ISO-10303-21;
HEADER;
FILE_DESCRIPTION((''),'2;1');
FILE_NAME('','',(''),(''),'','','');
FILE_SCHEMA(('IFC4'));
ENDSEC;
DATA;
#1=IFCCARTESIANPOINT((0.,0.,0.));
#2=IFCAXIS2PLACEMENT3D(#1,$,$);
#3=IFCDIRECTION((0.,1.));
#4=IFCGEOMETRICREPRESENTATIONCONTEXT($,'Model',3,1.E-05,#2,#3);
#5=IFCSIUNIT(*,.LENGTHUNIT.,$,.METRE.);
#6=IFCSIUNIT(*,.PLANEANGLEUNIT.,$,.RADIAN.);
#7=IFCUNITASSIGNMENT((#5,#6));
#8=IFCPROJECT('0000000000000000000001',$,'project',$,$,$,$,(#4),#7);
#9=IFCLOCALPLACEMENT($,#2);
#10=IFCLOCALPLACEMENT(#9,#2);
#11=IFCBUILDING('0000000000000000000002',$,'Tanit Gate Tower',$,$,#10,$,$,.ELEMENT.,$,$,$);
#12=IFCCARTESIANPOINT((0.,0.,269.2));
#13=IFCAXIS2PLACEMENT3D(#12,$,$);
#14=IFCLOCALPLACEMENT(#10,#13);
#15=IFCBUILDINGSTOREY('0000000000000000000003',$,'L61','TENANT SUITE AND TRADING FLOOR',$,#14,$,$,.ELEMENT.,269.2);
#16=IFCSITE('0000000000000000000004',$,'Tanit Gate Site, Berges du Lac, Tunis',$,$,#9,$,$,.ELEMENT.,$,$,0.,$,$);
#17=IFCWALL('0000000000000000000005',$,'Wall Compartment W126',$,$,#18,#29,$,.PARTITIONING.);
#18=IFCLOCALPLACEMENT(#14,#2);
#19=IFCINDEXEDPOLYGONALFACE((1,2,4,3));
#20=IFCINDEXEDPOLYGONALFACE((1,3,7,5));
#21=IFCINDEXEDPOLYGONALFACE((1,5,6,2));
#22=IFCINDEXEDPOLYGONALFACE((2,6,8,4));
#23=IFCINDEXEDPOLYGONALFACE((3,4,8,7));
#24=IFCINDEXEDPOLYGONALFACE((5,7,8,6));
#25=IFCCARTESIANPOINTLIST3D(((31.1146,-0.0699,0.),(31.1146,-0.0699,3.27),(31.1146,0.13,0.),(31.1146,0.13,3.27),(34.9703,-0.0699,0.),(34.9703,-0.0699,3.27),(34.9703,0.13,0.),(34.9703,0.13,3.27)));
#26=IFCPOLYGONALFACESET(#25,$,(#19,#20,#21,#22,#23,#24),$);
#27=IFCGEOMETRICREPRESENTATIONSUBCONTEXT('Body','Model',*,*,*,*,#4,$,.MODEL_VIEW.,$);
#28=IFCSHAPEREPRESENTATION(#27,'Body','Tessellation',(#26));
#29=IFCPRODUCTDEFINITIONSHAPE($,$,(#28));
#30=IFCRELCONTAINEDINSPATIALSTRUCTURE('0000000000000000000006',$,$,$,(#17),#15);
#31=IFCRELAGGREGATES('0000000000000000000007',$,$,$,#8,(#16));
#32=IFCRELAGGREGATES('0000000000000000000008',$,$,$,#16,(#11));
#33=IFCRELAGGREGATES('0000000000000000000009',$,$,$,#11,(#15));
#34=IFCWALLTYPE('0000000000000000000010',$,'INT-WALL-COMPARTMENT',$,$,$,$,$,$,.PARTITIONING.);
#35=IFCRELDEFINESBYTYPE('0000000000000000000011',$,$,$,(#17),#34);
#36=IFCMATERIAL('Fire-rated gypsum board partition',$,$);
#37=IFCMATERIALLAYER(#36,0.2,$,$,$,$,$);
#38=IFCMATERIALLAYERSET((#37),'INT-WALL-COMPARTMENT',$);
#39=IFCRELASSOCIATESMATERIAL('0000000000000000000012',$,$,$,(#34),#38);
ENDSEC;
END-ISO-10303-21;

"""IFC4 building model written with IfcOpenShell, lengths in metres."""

from ifc_helpers import new_model, si_unit, direction, frame, frame_2d, origin, place, context, subcontext, project, spatial, rectangle, extrude, material, layer, layer_set, type_object, element, save


model = new_model("IFC4")

# Units and contexts
model_context = context("Model", 3, precision=1e-05, world=origin(), true_north=direction((0.0, 1.0)))
body_context = subcontext(model_context, "Body", "Model", "MODEL_VIEW")
ifc_project = project(units=[si_unit("LENGTHUNIT", "METRE"), si_unit("PLANEANGLEUNIT", "RADIAN")], contexts=[model_context])

# Site, building, storey
site_placement = place(None, origin())
site = spatial("IfcSite", under=ifc_project, at=site_placement, Name="Tanit Gate Site, Berges du Lac, Tunis", CompositionType="ELEMENT", RefElevation=0.0)
building_placement = place(site_placement, origin())
building = spatial("IfcBuilding", under=site, at=building_placement, Name="Tanit Gate Tower", CompositionType="ELEMENT")
storey_placement = place(building_placement, frame((0.0, 0.0, 269.2)))
storey = spatial("IfcBuildingStorey", under=building, at=storey_placement, Name="L61", Description="TENANT SUITE AND TRADING FLOOR", CompositionType="ELEMENT", Elevation=269.2)

# Wall
ifc_material_1 = material(Name="Fire-rated gypsum board partition")
ifc_layer_1 = layer(ifc_material_1, 0.2)
ifc_layer_set_1 = layer_set([ifc_layer_1], Name="INT-WALL-COMPARTMENT")
wall_type_1 = type_object("IfcWallType", Name="INT-WALL-COMPARTMENT", PredefinedType="PARTITIONING", material=ifc_layer_set_1)
wall_1_placement = place(storey_placement, frame((34.9702, 0.03, 0.0), z_axis=(0.0, 0.0, 1.0), x_axis=(-1.0, 0.0, 0.0)))
element("IfcWall", 1, at=wall_1_placement, inside=storey, type_object=wall_type_1, Name="Wall Compartment W126", PredefinedType="PARTITIONING", context=body_context, shape_type="SweptSolid", body=[
    extrude(rectangle(XDim=3.8557, YDim=0.2, at=frame_2d((1.9277, 0.0))), origin(), (0.0, 0.0, 1.0), 3.27),
])

save(model, "model.ifc")
